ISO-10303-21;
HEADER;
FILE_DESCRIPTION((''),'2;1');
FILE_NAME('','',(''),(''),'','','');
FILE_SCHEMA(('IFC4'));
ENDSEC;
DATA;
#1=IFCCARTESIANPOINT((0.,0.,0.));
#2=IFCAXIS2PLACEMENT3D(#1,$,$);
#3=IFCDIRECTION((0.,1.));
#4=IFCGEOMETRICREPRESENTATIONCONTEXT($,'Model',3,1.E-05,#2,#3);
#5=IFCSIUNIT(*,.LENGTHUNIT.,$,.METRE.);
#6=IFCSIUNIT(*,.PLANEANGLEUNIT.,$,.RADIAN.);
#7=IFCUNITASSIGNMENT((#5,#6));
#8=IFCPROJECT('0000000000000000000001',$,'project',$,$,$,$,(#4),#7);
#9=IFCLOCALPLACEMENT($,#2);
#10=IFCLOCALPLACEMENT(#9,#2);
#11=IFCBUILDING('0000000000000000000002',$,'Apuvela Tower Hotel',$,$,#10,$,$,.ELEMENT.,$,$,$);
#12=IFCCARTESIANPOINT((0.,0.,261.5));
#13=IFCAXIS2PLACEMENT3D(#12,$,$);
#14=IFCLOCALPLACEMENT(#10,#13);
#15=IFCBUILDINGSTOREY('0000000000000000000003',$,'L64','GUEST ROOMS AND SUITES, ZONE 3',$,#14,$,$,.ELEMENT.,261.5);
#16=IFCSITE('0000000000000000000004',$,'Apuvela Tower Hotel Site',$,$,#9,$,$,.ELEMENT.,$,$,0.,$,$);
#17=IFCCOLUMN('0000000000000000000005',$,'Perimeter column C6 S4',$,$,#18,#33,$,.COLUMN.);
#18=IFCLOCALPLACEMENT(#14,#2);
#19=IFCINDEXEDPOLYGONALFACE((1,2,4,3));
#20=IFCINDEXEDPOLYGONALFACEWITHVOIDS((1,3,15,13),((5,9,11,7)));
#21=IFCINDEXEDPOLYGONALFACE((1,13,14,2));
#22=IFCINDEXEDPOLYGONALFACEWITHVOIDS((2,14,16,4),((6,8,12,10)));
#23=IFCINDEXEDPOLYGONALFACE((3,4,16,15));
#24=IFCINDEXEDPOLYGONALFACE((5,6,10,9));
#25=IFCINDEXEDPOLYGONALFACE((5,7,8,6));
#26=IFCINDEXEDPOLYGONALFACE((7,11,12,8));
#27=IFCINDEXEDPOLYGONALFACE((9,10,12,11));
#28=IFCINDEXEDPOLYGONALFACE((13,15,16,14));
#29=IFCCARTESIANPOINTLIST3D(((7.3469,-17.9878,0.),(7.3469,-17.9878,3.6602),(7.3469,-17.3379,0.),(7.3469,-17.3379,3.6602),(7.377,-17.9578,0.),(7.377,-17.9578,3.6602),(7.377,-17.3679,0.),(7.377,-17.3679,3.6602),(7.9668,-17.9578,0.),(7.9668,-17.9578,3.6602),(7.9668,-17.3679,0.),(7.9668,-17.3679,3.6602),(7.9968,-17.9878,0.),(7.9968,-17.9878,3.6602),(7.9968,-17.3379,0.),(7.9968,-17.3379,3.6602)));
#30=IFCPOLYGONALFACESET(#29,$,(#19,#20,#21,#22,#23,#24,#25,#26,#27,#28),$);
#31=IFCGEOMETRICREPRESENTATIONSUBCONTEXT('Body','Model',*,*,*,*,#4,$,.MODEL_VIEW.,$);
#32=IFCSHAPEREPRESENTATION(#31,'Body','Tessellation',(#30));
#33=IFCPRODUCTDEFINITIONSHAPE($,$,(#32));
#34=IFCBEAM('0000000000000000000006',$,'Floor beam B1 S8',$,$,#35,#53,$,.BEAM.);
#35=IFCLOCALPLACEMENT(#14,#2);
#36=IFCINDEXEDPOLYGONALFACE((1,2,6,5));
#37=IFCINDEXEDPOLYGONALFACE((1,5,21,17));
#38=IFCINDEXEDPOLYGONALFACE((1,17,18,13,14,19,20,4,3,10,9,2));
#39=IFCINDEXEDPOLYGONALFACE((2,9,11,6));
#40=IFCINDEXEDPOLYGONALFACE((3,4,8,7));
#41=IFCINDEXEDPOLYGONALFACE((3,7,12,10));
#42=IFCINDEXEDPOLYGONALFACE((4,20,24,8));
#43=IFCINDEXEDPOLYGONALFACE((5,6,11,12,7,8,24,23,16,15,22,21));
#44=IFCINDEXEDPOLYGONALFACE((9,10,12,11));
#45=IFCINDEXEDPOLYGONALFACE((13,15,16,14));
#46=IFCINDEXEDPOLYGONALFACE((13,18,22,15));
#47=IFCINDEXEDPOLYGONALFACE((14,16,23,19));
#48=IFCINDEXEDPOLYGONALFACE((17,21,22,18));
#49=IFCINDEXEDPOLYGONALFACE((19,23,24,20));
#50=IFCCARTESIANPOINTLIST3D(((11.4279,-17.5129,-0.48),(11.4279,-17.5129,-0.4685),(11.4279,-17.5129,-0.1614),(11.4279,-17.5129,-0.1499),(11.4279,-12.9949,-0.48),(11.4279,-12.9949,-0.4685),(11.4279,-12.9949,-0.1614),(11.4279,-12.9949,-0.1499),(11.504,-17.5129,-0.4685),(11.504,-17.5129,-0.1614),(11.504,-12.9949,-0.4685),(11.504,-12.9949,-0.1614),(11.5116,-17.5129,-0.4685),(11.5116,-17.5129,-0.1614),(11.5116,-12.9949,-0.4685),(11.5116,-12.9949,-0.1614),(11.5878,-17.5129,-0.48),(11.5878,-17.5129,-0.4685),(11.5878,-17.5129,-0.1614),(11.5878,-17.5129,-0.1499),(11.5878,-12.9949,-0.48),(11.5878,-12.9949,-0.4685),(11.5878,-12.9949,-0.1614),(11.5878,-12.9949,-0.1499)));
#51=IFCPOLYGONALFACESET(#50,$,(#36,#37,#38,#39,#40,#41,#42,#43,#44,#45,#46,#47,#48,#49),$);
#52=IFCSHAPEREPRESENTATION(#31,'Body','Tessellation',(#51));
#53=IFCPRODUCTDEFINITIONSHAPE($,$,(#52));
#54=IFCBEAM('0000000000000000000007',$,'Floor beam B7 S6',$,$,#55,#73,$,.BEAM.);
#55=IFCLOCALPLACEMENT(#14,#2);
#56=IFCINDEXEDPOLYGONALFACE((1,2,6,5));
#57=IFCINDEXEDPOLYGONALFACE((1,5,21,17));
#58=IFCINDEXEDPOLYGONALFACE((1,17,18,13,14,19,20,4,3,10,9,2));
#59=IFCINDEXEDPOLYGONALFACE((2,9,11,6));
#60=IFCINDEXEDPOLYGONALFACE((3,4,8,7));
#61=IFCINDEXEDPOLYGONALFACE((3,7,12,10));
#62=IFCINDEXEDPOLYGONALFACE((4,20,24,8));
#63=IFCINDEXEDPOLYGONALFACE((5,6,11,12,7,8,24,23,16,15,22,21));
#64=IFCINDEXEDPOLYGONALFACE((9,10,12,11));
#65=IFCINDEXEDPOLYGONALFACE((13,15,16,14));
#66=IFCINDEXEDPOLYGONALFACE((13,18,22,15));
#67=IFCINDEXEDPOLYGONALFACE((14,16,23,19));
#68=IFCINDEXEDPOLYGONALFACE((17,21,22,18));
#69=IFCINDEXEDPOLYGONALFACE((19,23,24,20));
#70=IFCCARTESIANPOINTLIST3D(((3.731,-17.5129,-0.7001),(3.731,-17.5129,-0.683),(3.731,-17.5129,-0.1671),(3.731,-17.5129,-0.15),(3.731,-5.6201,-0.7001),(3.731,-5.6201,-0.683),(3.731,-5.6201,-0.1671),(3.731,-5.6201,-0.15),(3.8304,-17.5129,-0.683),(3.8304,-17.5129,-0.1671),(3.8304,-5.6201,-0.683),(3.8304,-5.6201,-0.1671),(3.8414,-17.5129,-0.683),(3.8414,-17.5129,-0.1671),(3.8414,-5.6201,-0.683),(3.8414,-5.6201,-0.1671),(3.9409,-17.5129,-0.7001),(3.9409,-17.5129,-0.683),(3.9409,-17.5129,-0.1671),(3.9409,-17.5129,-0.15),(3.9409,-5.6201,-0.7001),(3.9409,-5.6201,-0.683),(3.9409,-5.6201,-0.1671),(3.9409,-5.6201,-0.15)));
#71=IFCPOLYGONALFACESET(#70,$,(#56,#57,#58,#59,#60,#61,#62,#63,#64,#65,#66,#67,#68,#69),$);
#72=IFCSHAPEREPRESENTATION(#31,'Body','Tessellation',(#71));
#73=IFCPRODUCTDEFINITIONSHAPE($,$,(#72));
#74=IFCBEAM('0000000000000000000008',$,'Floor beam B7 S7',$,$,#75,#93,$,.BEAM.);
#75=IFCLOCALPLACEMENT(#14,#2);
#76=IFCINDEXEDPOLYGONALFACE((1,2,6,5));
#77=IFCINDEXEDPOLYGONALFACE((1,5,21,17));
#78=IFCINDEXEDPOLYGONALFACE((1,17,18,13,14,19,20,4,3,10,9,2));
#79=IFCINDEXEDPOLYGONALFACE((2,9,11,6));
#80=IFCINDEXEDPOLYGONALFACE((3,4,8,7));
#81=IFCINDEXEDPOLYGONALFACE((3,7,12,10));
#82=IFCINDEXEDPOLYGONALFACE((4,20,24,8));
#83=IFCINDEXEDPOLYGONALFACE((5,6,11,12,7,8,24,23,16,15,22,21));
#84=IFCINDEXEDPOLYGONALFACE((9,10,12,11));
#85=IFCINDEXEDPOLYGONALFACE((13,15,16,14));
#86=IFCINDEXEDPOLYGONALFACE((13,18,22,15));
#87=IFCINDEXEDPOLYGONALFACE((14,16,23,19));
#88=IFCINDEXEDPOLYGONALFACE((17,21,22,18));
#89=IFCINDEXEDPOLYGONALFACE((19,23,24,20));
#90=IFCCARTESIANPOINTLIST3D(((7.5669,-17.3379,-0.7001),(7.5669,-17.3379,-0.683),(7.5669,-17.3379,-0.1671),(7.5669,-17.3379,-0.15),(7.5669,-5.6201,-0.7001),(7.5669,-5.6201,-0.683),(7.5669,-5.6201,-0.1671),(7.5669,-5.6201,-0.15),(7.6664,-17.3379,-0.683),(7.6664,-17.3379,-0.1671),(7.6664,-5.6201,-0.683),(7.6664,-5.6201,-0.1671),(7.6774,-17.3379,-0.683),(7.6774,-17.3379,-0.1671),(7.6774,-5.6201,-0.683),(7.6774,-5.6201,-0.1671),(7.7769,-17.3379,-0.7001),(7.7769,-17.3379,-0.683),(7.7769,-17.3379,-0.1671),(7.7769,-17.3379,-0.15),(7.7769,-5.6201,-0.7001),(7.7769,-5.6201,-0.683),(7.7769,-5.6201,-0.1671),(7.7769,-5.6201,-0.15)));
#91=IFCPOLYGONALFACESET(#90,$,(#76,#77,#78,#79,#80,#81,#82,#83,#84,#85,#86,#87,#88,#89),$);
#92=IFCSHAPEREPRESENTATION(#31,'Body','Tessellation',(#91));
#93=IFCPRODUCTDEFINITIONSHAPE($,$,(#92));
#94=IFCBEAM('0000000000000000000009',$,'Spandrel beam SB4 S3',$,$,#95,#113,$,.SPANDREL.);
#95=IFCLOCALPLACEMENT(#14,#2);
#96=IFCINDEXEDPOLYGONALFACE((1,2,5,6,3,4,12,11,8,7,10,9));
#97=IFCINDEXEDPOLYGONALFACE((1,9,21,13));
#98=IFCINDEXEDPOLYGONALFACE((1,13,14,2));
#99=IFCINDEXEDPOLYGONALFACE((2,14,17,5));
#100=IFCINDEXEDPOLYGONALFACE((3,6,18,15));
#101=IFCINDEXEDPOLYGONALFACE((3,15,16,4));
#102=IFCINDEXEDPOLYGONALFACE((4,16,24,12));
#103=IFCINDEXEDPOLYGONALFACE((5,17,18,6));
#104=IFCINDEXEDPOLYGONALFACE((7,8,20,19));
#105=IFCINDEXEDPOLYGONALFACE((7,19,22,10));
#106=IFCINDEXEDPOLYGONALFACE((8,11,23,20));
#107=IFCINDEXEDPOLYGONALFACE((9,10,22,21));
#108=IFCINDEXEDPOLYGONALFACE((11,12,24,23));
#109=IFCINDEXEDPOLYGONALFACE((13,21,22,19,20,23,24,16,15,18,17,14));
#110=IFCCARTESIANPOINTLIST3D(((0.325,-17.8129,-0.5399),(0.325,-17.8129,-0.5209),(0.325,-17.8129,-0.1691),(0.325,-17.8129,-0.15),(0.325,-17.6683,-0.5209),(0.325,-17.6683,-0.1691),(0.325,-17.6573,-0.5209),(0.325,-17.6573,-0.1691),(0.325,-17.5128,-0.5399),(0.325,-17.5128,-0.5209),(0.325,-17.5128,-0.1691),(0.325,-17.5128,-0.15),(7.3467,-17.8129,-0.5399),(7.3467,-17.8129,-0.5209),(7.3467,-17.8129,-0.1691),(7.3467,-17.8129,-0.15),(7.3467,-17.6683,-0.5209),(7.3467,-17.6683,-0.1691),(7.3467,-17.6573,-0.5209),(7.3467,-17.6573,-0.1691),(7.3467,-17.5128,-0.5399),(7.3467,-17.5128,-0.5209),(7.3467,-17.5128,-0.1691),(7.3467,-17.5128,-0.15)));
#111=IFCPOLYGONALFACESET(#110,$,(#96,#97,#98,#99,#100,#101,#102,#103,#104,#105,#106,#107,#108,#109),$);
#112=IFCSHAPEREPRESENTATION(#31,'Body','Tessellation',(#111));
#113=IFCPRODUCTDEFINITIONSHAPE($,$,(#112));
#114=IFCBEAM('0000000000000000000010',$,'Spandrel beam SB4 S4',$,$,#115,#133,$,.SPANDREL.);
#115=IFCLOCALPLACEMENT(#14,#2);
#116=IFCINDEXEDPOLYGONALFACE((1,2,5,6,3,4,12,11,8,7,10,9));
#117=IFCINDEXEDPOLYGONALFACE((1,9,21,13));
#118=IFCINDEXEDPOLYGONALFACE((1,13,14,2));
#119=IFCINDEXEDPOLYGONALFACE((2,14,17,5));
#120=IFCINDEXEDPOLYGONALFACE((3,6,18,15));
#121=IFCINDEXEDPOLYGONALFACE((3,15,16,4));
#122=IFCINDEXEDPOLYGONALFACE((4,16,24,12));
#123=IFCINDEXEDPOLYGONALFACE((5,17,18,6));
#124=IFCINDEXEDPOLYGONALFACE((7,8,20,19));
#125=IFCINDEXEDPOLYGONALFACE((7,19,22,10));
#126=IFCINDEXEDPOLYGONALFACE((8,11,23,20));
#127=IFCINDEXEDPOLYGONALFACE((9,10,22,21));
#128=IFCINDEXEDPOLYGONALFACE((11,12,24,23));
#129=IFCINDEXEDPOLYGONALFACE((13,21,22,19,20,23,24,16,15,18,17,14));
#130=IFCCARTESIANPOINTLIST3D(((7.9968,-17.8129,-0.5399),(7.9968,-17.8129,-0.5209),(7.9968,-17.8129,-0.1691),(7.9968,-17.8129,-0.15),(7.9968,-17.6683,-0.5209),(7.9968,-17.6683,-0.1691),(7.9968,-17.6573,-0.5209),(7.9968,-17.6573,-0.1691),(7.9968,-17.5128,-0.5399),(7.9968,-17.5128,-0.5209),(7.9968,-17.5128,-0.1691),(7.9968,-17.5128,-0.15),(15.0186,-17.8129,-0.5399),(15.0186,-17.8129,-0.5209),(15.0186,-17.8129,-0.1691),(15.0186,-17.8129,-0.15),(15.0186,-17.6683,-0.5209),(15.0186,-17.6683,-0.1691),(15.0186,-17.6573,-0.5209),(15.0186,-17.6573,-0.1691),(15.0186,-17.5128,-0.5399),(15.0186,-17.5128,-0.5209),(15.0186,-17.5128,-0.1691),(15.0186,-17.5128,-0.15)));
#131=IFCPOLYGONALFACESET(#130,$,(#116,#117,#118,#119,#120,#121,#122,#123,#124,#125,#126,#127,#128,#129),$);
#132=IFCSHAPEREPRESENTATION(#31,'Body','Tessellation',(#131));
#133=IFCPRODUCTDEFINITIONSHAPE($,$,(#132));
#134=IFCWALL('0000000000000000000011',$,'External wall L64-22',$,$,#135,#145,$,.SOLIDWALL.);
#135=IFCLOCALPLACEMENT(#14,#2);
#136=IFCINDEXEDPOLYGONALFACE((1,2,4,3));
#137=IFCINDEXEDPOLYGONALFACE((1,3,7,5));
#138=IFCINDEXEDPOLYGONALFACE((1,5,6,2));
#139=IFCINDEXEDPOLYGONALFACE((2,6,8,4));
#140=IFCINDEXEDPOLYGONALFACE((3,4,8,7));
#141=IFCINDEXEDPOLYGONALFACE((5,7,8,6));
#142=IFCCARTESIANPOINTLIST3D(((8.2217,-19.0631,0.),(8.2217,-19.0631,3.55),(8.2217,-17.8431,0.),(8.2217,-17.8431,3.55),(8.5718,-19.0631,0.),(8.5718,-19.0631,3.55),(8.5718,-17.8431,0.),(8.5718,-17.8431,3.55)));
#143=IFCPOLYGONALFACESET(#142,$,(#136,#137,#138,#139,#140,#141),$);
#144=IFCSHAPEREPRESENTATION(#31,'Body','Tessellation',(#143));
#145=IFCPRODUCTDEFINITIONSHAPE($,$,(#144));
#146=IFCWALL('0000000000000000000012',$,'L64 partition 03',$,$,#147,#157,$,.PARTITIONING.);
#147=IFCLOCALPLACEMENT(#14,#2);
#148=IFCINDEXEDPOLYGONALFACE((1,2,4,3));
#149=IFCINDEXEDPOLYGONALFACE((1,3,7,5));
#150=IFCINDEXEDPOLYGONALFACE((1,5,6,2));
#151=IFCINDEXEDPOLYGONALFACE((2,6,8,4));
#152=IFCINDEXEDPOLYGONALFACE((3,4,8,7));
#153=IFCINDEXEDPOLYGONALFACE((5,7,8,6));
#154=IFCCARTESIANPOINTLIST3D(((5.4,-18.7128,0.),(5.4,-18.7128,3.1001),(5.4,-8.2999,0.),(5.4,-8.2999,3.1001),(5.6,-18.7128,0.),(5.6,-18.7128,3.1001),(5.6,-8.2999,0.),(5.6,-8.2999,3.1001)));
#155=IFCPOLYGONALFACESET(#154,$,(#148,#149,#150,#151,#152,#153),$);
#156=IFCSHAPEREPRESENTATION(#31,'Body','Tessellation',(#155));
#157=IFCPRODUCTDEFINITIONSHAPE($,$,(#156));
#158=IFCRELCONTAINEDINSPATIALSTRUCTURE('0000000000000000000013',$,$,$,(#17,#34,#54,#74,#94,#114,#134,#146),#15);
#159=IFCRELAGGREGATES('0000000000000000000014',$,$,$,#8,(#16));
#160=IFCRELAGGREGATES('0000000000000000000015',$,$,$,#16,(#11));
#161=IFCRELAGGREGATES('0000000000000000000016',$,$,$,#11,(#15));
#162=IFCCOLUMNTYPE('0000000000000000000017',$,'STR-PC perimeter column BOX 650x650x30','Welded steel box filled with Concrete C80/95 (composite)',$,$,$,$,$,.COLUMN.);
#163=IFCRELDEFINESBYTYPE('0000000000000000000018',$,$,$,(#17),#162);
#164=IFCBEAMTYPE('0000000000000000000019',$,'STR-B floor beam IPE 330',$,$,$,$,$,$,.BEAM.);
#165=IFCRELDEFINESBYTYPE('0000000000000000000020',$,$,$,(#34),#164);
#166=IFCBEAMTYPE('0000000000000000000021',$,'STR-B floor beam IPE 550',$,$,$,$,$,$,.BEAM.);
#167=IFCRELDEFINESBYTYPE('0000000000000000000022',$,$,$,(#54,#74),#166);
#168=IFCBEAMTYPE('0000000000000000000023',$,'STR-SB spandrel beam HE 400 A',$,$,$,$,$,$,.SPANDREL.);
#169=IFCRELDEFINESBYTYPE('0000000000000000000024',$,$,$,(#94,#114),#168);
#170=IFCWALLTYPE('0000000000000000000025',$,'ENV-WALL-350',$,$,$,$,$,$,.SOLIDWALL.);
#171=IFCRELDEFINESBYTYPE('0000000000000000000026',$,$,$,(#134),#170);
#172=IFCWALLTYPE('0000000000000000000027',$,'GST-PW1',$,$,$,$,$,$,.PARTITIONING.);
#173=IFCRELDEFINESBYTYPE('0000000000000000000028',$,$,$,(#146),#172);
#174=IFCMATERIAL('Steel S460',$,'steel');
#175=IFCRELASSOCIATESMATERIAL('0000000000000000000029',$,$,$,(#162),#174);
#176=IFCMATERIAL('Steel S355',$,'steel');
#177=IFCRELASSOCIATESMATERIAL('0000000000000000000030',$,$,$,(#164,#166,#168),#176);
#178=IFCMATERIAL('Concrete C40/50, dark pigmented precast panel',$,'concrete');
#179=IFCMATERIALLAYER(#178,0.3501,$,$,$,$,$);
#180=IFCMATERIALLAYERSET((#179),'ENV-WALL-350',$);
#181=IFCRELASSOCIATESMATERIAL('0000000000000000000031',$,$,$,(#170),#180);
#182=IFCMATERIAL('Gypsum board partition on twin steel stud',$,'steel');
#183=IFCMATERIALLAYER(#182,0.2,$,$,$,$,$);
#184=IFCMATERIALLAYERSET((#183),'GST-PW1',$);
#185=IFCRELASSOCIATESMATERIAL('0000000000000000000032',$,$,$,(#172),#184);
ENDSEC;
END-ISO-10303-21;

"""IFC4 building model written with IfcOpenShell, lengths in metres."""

from ifc_helpers import new_model, si_unit, direction, frame, frame_2d, origin, origin_2d, place, context, subcontext, project, spatial, rectangle, hollow_rectangle, i_section, extrude, boolean, halfspace, material, layer, layer_set, material_profile, profile_set, type_object, element, save


model = new_model("IFC4")

# Units and contexts
model_context = context("Model", 3, precision=1e-05, world=origin(), true_north=direction((0.0, 1.0)))
body_context = subcontext(model_context, "Body", "Model", "MODEL_VIEW")
ifc_project = project(units=[si_unit("LENGTHUNIT", "METRE"), si_unit("PLANEANGLEUNIT", "RADIAN")], contexts=[model_context])

# Site, building, storey
site_placement = place(None, origin())
site = spatial("IfcSite", under=ifc_project, at=site_placement, Name="Apuvela Tower Hotel Site", CompositionType="ELEMENT", RefElevation=0.0)
building_placement = place(site_placement, origin())
building = spatial("IfcBuilding", under=site, at=building_placement, Name="Apuvela Tower Hotel", CompositionType="ELEMENT")
storey_placement = place(building_placement, frame((0.0, 0.0, 261.5)))
storey = spatial("IfcBuildingStorey", under=building, at=storey_placement, Name="L64", Description="GUEST ROOMS AND SUITES, ZONE 3", CompositionType="ELEMENT", Elevation=261.5)

# Column
ifc_material_1 = material(Name="Steel S460", Category="steel")
ifc_material_profile_1 = material_profile(ifc_material_1, hollow_rectangle(XDim=0.6499, YDim=0.6499, WallThickness=0.03, at=origin_2d()), Name="BOX 650x650x30")
ifc_material_2 = material(Name="Concrete C80/95", Category="concrete")
ifc_material_profile_2 = material_profile(ifc_material_2, rectangle(XDim=0.5901, YDim=0.5901, at=origin_2d()), Name="Concrete C80/95 infill")
ifc_profile_set_1 = profile_set([ifc_material_profile_1, ifc_material_profile_2], Name="Steel S460")
column_type = type_object("IfcColumnType", Name="STR-PC perimeter column BOX 650x650x30", Description="Welded steel box filled with Concrete C80/95 (composite)", PredefinedType="COLUMN", material=ifc_profile_set_1)
column_placement = place(storey_placement, frame((7.6719, -17.6628, 0.0), z_axis=(0.0, 0.0, 1.0), x_axis=(-1.0, 0.0, 0.0)))
element("IfcColumn", 1, at=column_placement, inside=storey, type_object=column_type, Name="Perimeter column C6 S4", PredefinedType="COLUMN", context=body_context, shape_type="SweptSolid", body=[
    boolean("DIFFERENCE", extrude(hollow_rectangle(XDim=0.6499, YDim=0.6499, WallThickness=0.03, at=origin_2d()), origin(), (0.0, 0.0, 1.0), 3.7), halfspace(frame((0.0, 0.0, 3.6602), z_axis=(0.0, 0.0, 1.0), x_axis=(1.0, 0.0, 0.0)), False)),
])

# Beams
ifc_material_3 = material(Name="Steel S355", Category="steel")
ifc_material_profile_3 = material_profile(ifc_material_3, i_section(OverallWidth=0.1599, OverallDepth=0.3301, WebThickness=0.0076, FlangeThickness=0.0115, at=origin_2d()), Name="IPE 330")
ifc_profile_set_2 = profile_set([ifc_material_profile_3], Name="Steel S355")
beam_type_1 = type_object("IfcBeamType", Name="STR-B floor beam IPE 330", PredefinedType="BEAM", material=ifc_profile_set_2)
beam_1_placement = place(storey_placement, frame((11.5078, -17.5129, -0.3149), z_axis=(0.0, 1.0, 0.0), x_axis=(-1.0, 0.0, 0.0)))
element("IfcBeam", 2, at=beam_1_placement, inside=storey, type_object=beam_type_1, Name="Floor beam B1 S8", PredefinedType="BEAM", context=body_context, shape_type="SweptSolid", body=[
    extrude(i_section(OverallWidth=0.1599, OverallDepth=0.3301, WebThickness=0.0076, FlangeThickness=0.0115, at=origin_2d()), origin(), (0.0, 0.0, 1.0), 4.5181),
])
ifc_material_profile_4 = material_profile(ifc_material_3, i_section(OverallWidth=0.21, OverallDepth=0.55, WebThickness=0.011, FlangeThickness=0.0171, at=origin_2d()), Name="IPE 550")
ifc_profile_set_3 = profile_set([ifc_material_profile_4], Name="Steel S355")
beam_type_2 = type_object("IfcBeamType", Name="STR-B floor beam IPE 550", PredefinedType="BEAM", material=ifc_profile_set_3)
beam_2_placement = place(storey_placement, frame((3.8359, -17.5129, -0.425), z_axis=(0.0, 1.0, 0.0), x_axis=(-1.0, 0.0, 0.0)))
element("IfcBeam", 3, at=beam_2_placement, inside=storey, type_object=beam_type_2, Name="Floor beam B7 S6", PredefinedType="BEAM", context=body_context, shape_type="SweptSolid", body=[
    extrude(i_section(OverallWidth=0.21, OverallDepth=0.55, WebThickness=0.011, FlangeThickness=0.0171, at=origin_2d()), origin(), (0.0, 0.0, 1.0), 11.8928),
])
beam_3_placement = place(storey_placement, frame((7.6719, -17.3379, -0.425), z_axis=(0.0, 1.0, 0.0), x_axis=(-1.0, 0.0, 0.0)))
element("IfcBeam", 4, at=beam_3_placement, inside=storey, type_object=beam_type_2, Name="Floor beam B7 S7", PredefinedType="BEAM", context=body_context, shape_type="SweptSolid", body=[
    extrude(i_section(OverallWidth=0.21, OverallDepth=0.55, WebThickness=0.011, FlangeThickness=0.0171, at=origin_2d()), origin(), (0.0, 0.0, 1.0), 11.7178),
])
ifc_material_profile_5 = material_profile(ifc_material_3, i_section(OverallWidth=0.3, OverallDepth=0.3899, WebThickness=0.011, FlangeThickness=0.019, at=origin_2d()), Name="HE 400 A")
ifc_profile_set_4 = profile_set([ifc_material_profile_5], Name="Steel S355")
beam_type_3 = type_object("IfcBeamType", Name="STR-SB spandrel beam HE 400 A", PredefinedType="SPANDREL", material=ifc_profile_set_4)
for number, where, z_axis, x_axis, name in (
    (5, (0.325, -17.6628, -0.345), (1.0, 0.0, 0.0), (0.0, 1.0, 0.0), "Spandrel beam SB4 S3"),
    (6, (7.9968, -17.6628, -0.345), (1.0, 0.0, 0.0), (0.0, 1.0, 0.0), "Spandrel beam SB4 S4"),
):
    element("IfcBeam", number, at=place(storey_placement, frame(where, z_axis=z_axis, x_axis=x_axis)), inside=storey, type_object=beam_type_3, Name=name, PredefinedType="SPANDREL", context=body_context, shape_type="SweptSolid", body=[
        extrude(i_section(OverallWidth=0.3, OverallDepth=0.3899, WebThickness=0.011, FlangeThickness=0.019, at=origin_2d()), origin(), (0.0, 0.0, 1.0), 7.0217),
    ])

# Wall
ifc_material_4 = material(Name="Concrete C40/50, dark pigmented precast panel", Category="concrete")
ifc_layer_1 = layer(ifc_material_4, 0.3501)
ifc_layer_set_1 = layer_set([ifc_layer_1], Name="ENV-WALL-350")
wall_type_1 = type_object("IfcWallType", Name="ENV-WALL-350", PredefinedType="SOLIDWALL", material=ifc_layer_set_1)
wall_1_placement = place(storey_placement, frame((8.3967, -19.063, 0.0), z_axis=(0.0, 0.0, 1.0), x_axis=(0.0, 1.0, 0.0)))
element("IfcWall", 7, at=wall_1_placement, inside=storey, type_object=wall_type_1, Name="External wall L64-22", PredefinedType="SOLIDWALL", context=body_context, shape_type="SweptSolid", body=[
    extrude(rectangle(XDim=1.22, YDim=0.3501, at=frame_2d((0.6099, 0.0))), origin(), (0.0, 0.0, 1.0), 3.55),
])

# Wall
ifc_material_5 = material(Name="Gypsum board partition on twin steel stud", Category="steel")
ifc_layer_2 = layer(ifc_material_5, 0.2)
ifc_layer_set_2 = layer_set([ifc_layer_2], Name="GST-PW1")
wall_type_2 = type_object("IfcWallType", Name="GST-PW1", PredefinedType="PARTITIONING", material=ifc_layer_set_2)
wall_2_placement = place(storey_placement, frame((5.5, -18.7129, 0.0), z_axis=(0.0, 0.0, 1.0), x_axis=(0.0, 1.0, 0.0)))
element("IfcWall", 8, at=wall_2_placement, inside=storey, type_object=wall_type_2, Name="L64 partition 03", PredefinedType="PARTITIONING", context=body_context, shape_type="SweptSolid", body=[
    extrude(rectangle(XDim=10.4128, YDim=0.2, at=frame_2d((5.2065, 0.0))), origin(), (0.0, 0.0, 1.0), 3.1001),
])

save(model, "model.ifc")
